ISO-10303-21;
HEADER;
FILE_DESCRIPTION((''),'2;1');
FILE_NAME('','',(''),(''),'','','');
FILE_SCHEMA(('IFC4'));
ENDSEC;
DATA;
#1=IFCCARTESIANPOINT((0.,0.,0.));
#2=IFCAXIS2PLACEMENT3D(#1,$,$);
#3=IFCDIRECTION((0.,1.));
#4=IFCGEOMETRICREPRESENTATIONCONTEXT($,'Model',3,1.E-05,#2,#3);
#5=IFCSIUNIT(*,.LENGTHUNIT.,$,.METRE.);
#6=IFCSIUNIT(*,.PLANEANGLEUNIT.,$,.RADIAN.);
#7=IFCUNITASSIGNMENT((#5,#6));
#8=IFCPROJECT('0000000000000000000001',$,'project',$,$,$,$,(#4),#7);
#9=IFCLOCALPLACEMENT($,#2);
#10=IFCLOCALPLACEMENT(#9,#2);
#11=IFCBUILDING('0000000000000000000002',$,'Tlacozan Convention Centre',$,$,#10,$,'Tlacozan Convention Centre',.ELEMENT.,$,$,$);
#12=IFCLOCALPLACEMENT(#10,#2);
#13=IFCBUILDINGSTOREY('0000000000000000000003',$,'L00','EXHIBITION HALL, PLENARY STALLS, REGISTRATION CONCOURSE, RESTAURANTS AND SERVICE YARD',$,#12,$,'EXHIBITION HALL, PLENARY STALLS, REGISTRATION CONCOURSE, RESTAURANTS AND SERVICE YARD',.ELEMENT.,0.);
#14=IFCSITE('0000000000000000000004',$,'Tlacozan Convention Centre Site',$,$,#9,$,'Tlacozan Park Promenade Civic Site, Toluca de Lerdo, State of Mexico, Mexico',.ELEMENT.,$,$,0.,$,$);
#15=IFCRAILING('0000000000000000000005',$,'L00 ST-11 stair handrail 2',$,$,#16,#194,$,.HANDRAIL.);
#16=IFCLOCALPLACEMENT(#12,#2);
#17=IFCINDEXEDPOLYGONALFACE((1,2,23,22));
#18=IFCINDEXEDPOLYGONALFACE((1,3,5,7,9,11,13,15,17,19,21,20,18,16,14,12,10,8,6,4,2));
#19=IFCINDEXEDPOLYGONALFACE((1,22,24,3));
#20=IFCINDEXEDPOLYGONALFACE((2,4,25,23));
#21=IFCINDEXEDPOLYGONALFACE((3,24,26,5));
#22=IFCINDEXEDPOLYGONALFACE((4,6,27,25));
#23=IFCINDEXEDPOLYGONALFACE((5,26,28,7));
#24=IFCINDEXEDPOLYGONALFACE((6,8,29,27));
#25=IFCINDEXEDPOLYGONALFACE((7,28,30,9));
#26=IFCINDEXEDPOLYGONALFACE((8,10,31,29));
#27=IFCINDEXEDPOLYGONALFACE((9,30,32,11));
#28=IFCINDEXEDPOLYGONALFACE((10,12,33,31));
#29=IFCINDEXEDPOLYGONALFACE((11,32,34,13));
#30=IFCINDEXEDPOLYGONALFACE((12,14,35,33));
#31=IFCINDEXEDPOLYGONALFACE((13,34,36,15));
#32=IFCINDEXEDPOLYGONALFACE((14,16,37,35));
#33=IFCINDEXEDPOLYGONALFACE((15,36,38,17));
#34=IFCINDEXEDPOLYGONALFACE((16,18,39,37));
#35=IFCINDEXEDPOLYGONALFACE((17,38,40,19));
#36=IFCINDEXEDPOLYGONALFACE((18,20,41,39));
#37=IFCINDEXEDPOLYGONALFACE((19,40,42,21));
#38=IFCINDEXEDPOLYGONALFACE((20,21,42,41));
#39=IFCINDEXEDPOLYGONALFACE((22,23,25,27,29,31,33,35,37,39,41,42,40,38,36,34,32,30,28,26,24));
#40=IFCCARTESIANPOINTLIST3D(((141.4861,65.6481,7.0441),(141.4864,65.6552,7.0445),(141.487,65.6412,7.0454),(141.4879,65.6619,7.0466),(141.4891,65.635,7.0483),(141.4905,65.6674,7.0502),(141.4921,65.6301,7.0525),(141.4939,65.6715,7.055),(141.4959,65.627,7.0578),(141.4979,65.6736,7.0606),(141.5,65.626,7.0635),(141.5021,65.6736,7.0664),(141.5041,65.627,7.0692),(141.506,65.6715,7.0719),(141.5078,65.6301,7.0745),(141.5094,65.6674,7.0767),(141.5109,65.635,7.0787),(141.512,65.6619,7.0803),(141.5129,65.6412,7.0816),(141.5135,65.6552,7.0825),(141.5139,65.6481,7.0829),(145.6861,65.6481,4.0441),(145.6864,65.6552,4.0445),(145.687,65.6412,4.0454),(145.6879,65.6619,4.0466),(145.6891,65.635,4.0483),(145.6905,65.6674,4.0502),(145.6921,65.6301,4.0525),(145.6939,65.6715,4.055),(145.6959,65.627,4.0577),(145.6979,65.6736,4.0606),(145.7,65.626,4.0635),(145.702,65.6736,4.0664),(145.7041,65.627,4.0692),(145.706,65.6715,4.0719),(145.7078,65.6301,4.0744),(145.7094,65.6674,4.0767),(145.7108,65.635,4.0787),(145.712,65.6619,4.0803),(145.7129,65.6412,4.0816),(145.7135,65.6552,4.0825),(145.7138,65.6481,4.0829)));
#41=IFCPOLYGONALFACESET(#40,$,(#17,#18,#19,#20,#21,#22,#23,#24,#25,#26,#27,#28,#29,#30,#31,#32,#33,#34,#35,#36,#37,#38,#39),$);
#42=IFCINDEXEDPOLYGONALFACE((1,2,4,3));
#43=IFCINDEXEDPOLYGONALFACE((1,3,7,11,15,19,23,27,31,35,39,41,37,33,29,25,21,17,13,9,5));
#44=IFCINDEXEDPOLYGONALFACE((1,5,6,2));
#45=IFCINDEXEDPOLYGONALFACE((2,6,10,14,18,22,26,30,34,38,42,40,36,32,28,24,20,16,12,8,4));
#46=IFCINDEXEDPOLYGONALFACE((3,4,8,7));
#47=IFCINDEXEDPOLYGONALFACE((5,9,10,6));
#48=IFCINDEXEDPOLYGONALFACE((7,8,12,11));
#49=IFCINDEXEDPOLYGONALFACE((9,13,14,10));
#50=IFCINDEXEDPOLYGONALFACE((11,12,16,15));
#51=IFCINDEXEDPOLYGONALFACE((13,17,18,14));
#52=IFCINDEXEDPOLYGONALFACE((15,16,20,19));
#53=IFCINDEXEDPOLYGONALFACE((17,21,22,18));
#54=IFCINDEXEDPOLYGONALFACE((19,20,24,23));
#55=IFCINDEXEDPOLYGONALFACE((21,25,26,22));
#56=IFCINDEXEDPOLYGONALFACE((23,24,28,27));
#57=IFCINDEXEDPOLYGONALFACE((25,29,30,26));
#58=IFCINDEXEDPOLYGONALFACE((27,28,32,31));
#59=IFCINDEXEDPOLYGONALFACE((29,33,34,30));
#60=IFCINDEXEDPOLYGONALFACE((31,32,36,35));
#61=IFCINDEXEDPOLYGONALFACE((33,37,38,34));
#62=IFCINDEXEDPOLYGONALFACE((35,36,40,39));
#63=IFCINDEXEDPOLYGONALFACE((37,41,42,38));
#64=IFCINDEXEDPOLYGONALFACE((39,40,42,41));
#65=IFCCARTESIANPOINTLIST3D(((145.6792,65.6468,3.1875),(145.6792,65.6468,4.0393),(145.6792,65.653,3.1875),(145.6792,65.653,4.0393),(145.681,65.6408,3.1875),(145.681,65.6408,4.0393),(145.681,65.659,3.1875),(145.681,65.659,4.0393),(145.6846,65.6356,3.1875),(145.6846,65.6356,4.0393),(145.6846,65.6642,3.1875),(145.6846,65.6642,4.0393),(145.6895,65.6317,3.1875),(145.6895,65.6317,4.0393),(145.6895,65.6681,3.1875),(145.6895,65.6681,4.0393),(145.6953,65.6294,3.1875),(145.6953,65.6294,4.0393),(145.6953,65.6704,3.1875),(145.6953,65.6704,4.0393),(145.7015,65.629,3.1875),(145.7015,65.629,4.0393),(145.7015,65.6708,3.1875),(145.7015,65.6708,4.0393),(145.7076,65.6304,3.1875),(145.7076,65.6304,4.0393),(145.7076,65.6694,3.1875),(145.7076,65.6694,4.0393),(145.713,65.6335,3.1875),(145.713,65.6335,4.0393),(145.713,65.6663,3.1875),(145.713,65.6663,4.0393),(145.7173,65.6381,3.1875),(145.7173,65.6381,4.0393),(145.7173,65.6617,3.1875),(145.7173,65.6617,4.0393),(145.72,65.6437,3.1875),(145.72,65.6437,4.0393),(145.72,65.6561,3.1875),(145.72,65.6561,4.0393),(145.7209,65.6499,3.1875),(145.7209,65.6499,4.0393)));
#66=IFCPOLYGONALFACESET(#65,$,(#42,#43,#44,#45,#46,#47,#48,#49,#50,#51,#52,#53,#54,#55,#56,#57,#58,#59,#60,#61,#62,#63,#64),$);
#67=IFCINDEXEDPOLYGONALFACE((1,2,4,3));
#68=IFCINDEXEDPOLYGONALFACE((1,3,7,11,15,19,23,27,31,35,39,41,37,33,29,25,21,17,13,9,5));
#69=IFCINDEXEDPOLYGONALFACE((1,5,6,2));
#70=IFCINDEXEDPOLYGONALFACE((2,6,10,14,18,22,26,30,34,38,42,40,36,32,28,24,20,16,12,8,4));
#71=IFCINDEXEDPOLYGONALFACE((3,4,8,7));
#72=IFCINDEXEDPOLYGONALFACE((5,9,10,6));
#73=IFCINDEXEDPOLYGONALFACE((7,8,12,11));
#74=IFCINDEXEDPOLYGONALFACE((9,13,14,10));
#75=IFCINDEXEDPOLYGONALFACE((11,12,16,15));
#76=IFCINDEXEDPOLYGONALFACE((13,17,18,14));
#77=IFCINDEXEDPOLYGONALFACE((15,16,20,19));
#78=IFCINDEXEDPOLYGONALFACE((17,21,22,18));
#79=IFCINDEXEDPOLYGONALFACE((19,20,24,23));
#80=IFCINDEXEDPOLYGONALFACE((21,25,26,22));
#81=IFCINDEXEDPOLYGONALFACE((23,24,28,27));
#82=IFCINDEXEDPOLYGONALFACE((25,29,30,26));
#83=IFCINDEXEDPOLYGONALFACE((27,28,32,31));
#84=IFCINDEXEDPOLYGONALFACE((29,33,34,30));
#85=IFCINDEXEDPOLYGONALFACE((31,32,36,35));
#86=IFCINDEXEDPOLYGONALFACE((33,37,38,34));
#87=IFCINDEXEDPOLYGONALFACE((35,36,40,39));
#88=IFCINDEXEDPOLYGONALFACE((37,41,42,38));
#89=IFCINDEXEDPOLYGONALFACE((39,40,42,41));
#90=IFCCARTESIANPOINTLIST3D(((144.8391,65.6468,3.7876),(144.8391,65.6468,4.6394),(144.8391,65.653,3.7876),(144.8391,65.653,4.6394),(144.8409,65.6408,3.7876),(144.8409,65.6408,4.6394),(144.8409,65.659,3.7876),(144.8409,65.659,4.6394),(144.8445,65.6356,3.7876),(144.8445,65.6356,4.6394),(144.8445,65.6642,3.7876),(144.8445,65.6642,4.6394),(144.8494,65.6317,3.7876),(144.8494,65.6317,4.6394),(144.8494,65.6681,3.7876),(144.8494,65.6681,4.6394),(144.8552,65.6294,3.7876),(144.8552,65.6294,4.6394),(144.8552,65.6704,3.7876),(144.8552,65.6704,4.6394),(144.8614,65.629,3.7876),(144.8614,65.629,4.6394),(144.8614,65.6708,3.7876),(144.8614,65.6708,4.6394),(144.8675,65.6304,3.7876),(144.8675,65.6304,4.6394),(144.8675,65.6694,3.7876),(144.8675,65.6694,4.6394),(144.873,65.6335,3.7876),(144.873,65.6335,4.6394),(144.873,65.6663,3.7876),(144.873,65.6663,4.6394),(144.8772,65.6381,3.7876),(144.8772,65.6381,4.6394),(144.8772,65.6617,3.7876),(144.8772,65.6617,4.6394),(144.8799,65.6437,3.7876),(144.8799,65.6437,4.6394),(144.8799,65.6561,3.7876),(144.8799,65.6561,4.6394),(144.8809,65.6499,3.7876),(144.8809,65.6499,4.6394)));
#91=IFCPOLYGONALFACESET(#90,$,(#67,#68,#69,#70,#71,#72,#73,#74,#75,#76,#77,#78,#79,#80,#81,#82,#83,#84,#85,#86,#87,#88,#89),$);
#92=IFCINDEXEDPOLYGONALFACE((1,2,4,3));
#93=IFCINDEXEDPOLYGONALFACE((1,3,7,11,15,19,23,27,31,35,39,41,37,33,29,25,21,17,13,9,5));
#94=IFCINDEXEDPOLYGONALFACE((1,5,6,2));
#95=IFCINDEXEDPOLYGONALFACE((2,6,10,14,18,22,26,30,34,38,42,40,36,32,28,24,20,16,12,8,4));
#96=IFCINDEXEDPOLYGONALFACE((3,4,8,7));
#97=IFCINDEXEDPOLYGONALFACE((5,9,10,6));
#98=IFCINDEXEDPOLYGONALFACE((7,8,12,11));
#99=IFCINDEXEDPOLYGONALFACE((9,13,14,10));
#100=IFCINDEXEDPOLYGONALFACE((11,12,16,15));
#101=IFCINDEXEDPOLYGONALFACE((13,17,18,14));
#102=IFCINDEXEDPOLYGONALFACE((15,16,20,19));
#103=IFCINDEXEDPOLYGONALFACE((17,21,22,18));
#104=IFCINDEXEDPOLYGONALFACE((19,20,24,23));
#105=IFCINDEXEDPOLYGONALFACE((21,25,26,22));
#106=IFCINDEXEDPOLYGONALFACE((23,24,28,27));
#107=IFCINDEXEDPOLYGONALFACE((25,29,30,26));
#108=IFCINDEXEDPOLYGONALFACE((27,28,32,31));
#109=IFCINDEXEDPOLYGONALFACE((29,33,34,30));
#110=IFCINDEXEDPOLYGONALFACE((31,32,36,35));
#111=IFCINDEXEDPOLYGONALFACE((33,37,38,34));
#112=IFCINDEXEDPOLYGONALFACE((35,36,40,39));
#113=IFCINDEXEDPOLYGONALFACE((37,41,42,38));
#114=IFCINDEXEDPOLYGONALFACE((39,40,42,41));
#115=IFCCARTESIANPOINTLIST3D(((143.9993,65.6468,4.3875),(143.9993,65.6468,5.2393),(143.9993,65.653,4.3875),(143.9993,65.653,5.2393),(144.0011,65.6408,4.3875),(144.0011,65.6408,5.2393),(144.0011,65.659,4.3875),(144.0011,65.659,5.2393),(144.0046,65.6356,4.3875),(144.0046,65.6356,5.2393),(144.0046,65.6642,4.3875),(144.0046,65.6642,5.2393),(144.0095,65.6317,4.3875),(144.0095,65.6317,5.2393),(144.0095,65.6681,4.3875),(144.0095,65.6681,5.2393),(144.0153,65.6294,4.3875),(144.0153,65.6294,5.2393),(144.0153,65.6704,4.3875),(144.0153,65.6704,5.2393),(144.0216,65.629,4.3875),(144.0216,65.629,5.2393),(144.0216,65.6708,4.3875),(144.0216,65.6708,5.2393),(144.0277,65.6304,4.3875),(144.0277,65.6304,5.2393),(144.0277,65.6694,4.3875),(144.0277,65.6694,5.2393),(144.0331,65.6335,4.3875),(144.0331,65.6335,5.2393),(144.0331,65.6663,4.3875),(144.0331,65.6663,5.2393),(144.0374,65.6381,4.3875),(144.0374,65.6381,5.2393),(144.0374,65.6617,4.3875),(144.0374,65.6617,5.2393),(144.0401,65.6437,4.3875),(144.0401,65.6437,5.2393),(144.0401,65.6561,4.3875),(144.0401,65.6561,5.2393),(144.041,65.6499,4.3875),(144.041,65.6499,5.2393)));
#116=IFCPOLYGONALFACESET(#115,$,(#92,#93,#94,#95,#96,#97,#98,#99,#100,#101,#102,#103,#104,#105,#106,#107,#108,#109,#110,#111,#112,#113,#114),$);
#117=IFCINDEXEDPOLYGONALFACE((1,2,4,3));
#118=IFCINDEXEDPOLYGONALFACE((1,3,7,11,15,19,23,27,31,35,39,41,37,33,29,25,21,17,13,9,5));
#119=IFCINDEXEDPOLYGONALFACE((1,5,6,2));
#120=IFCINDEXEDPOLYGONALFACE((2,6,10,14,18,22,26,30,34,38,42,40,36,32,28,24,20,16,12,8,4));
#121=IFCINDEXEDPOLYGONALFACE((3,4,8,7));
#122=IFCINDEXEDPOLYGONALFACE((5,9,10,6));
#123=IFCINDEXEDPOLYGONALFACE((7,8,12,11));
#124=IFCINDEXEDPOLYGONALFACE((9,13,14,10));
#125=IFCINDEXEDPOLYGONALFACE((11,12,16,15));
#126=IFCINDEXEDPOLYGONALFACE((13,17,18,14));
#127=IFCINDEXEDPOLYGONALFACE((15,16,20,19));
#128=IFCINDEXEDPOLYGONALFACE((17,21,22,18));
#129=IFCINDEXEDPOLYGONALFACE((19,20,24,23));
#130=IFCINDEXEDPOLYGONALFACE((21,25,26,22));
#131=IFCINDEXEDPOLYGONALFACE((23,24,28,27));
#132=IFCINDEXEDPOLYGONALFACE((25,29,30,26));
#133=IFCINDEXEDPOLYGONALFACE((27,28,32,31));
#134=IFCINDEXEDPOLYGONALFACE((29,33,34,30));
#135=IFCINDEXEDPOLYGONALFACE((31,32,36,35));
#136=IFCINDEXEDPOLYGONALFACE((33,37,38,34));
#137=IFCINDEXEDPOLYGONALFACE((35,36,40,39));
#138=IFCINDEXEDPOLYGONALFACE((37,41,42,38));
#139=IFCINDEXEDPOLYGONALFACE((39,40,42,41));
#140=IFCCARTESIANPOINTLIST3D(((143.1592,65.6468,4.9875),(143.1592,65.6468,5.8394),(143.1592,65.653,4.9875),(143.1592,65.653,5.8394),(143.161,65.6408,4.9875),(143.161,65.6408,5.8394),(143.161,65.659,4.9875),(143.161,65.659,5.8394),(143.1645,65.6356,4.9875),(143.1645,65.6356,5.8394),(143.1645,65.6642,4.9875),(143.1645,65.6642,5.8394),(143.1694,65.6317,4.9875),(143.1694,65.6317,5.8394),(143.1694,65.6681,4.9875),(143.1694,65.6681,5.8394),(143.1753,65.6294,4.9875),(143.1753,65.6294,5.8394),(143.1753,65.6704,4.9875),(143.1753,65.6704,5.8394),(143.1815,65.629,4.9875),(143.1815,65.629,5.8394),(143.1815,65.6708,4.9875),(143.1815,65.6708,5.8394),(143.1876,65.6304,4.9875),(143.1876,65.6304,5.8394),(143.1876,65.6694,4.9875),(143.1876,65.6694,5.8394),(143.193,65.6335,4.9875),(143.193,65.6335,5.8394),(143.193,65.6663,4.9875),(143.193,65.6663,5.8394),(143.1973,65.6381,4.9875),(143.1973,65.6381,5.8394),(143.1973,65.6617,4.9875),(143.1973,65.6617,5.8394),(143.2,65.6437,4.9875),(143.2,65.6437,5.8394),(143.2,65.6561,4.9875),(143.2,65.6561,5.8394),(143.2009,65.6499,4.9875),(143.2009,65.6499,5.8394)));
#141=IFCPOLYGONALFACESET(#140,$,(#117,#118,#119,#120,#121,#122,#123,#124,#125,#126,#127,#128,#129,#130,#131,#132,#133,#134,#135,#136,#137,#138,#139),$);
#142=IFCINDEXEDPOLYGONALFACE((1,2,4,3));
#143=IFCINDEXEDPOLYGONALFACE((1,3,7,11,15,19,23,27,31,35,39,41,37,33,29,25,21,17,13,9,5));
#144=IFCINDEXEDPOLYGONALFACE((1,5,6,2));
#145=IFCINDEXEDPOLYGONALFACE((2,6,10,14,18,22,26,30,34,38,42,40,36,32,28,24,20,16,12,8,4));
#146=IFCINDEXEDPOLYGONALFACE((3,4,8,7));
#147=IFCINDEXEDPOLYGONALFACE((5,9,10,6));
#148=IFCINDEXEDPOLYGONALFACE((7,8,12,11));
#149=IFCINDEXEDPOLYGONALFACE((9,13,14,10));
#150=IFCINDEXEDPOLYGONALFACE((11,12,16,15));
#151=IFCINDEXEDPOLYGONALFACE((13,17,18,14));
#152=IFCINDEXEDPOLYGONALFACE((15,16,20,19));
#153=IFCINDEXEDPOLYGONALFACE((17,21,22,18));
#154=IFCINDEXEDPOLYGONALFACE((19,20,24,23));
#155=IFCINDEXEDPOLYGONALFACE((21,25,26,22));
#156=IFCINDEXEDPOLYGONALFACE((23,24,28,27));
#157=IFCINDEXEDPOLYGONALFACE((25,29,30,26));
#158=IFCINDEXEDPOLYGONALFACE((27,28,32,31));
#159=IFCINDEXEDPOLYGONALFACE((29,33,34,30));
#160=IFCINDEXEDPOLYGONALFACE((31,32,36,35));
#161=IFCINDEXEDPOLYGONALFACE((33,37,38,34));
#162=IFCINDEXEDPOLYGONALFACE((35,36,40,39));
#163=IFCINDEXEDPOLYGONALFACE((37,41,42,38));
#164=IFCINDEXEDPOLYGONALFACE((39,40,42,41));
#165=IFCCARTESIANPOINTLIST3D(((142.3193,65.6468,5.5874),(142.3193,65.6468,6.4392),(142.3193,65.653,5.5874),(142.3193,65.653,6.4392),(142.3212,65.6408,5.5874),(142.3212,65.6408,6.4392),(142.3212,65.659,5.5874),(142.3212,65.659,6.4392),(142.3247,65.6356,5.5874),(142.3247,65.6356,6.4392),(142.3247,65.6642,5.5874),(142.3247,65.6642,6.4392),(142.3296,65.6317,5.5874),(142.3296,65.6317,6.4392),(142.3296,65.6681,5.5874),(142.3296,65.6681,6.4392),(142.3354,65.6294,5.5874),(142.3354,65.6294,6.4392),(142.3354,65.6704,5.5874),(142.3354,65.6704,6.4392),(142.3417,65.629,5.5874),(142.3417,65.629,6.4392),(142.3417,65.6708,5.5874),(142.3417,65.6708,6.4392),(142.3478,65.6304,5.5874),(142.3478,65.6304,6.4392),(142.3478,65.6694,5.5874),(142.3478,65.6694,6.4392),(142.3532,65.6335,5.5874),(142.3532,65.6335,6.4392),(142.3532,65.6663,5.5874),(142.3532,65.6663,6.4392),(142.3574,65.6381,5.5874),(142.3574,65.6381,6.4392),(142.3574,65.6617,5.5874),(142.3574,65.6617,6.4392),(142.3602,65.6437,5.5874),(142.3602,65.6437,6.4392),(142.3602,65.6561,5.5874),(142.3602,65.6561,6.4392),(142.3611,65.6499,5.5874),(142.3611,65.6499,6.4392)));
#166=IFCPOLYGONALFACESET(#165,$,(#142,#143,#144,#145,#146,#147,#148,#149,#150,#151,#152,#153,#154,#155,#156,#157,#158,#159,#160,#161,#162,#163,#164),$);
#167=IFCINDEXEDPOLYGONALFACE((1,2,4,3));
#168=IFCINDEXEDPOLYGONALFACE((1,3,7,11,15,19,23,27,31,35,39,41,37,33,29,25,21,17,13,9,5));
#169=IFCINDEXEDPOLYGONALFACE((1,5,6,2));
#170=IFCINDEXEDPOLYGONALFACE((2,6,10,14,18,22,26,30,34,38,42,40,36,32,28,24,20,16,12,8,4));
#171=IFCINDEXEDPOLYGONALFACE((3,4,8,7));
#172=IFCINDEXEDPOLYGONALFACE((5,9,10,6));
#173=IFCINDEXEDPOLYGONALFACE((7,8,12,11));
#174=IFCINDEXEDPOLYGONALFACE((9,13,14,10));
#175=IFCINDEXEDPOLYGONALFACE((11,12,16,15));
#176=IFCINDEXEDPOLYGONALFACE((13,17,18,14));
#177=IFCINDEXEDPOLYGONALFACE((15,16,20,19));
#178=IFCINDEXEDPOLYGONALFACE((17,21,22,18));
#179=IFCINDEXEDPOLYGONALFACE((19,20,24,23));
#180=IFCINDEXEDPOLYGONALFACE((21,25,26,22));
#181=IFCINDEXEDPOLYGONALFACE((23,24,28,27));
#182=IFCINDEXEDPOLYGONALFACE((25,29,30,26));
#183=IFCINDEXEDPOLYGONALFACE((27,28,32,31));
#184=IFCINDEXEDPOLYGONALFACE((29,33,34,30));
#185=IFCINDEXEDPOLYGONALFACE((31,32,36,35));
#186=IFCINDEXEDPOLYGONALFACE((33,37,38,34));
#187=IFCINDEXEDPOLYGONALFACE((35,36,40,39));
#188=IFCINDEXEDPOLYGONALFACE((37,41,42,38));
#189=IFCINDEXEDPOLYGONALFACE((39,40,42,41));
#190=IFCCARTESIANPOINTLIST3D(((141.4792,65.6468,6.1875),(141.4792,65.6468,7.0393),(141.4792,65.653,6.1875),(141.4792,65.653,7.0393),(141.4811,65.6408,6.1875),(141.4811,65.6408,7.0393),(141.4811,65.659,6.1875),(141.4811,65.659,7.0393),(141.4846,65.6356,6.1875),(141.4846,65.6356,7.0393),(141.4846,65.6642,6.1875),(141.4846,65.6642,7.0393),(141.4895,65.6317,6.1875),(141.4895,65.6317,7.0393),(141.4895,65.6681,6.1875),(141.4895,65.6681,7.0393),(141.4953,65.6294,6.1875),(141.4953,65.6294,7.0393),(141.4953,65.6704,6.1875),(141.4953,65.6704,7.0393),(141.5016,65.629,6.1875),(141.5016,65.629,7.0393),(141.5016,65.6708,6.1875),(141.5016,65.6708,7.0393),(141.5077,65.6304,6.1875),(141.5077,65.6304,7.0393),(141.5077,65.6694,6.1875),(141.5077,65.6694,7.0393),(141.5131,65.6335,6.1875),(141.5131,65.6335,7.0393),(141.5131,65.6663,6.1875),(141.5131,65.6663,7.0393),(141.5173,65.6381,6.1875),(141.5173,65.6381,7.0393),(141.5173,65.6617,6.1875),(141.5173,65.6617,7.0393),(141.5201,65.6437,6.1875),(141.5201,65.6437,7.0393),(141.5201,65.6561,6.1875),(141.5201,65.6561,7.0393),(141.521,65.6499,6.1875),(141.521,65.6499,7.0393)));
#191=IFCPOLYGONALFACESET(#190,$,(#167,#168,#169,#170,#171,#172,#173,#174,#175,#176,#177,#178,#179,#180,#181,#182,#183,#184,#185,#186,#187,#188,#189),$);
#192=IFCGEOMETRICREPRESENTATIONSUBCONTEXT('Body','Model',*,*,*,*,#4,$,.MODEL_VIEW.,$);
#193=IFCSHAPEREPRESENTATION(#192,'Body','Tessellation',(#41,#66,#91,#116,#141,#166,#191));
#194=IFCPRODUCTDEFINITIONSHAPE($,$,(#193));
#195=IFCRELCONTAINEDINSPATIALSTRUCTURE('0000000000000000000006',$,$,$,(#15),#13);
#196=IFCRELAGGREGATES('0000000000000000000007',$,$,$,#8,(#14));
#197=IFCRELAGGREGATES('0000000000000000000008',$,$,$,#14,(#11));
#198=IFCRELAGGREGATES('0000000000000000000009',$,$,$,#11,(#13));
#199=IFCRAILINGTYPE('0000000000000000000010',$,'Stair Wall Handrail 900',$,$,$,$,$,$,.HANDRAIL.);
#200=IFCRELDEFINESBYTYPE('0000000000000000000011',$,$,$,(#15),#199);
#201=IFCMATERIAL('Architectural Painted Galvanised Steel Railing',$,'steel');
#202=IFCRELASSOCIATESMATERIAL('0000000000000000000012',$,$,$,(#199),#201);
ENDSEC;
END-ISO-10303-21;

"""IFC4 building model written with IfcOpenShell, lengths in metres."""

from ifc_helpers import new_model, si_unit, direction, frame, origin, origin_2d, place, context, subcontext, project, spatial, circle, extrude, material, type_object, element, save


model = new_model("IFC4")

# Units and contexts
model_context = context("Model", 3, precision=1e-05, world=origin(), true_north=direction((0.0, 1.0)))
body_context = subcontext(model_context, "Body", "Model", "MODEL_VIEW")
ifc_project = project(units=[si_unit("LENGTHUNIT", "METRE"), si_unit("PLANEANGLEUNIT", "RADIAN")], contexts=[model_context])

# Site, building, storey
site_placement = place(None, origin())
site = spatial("IfcSite", under=ifc_project, at=site_placement, Name="Tlacozan Convention Centre Site", LongName="Tlacozan Park Promenade Civic Site, Toluca de Lerdo, State of Mexico, Mexico", CompositionType="ELEMENT", RefElevation=0.0)
building_placement = place(site_placement, origin())
building = spatial("IfcBuilding", under=site, at=building_placement, Name="Tlacozan Convention Centre", LongName="Tlacozan Convention Centre", CompositionType="ELEMENT")
storey_placement = place(building_placement, origin())
storey = spatial("IfcBuildingStorey", under=building, at=storey_placement, Name="L00", Description="EXHIBITION HALL, PLENARY STALLS, REGISTRATION CONCOURSE, RESTAURANTS AND SERVICE YARD", LongName="EXHIBITION HALL, PLENARY STALLS, REGISTRATION CONCOURSE, RESTAURANTS AND SERVICE YARD", CompositionType="ELEMENT", Elevation=0.0)

# Railing
ifc_material_1 = material(Name="Architectural Painted Galvanised Steel Railing", Category="steel")
railing_type = type_object("IfcRailingType", Name="Stair Wall Handrail 900", PredefinedType="HANDRAIL", material=ifc_material_1)
railing_placement = place(storey_placement, frame((145.7, 65.6499, 3.1875)))
element("IfcRailing", 1, at=railing_placement, inside=storey, type_object=railing_type, Name="L00 ST-11 stair handrail 2", PredefinedType="HANDRAIL", context=body_context, shape_type="SweptSolid", body=[
    extrude(circle(Radius=0.0239, at=origin_2d()), frame((0.0, 0.0, 0.876), z_axis=(-0.81373, 0.0, 0.581243), x_axis=(0.0, -1.0, 0.0)), (0.0, 0.0, 1.0), 5.1614),
    extrude(circle(Radius=0.021, at=origin_2d()), origin(), (0.0, 0.0, 1.0), 0.8518),
    extrude(circle(Radius=0.021, at=origin_2d()), frame((-0.8401, 0.0, 0.6001)), (0.0, 0.0, 1.0), 0.8518),
    extrude(circle(Radius=0.021, at=origin_2d()), frame((-1.6799, 0.0, 1.2)), (0.0, 0.0, 1.0), 0.8518),
    extrude(circle(Radius=0.021, at=origin_2d()), frame((-2.52, 0.0, 1.8)), (0.0, 0.0, 1.0), 0.8518),
    extrude(circle(Radius=0.021, at=origin_2d()), frame((-3.3599, 0.0, 2.3999)), (0.0, 0.0, 1.0), 0.8518),
    extrude(circle(Radius=0.021, at=origin_2d()), frame((-4.2, 0.0, 3.0)), (0.0, 0.0, 1.0), 0.8518),
])

save(model, "model.ifc")
